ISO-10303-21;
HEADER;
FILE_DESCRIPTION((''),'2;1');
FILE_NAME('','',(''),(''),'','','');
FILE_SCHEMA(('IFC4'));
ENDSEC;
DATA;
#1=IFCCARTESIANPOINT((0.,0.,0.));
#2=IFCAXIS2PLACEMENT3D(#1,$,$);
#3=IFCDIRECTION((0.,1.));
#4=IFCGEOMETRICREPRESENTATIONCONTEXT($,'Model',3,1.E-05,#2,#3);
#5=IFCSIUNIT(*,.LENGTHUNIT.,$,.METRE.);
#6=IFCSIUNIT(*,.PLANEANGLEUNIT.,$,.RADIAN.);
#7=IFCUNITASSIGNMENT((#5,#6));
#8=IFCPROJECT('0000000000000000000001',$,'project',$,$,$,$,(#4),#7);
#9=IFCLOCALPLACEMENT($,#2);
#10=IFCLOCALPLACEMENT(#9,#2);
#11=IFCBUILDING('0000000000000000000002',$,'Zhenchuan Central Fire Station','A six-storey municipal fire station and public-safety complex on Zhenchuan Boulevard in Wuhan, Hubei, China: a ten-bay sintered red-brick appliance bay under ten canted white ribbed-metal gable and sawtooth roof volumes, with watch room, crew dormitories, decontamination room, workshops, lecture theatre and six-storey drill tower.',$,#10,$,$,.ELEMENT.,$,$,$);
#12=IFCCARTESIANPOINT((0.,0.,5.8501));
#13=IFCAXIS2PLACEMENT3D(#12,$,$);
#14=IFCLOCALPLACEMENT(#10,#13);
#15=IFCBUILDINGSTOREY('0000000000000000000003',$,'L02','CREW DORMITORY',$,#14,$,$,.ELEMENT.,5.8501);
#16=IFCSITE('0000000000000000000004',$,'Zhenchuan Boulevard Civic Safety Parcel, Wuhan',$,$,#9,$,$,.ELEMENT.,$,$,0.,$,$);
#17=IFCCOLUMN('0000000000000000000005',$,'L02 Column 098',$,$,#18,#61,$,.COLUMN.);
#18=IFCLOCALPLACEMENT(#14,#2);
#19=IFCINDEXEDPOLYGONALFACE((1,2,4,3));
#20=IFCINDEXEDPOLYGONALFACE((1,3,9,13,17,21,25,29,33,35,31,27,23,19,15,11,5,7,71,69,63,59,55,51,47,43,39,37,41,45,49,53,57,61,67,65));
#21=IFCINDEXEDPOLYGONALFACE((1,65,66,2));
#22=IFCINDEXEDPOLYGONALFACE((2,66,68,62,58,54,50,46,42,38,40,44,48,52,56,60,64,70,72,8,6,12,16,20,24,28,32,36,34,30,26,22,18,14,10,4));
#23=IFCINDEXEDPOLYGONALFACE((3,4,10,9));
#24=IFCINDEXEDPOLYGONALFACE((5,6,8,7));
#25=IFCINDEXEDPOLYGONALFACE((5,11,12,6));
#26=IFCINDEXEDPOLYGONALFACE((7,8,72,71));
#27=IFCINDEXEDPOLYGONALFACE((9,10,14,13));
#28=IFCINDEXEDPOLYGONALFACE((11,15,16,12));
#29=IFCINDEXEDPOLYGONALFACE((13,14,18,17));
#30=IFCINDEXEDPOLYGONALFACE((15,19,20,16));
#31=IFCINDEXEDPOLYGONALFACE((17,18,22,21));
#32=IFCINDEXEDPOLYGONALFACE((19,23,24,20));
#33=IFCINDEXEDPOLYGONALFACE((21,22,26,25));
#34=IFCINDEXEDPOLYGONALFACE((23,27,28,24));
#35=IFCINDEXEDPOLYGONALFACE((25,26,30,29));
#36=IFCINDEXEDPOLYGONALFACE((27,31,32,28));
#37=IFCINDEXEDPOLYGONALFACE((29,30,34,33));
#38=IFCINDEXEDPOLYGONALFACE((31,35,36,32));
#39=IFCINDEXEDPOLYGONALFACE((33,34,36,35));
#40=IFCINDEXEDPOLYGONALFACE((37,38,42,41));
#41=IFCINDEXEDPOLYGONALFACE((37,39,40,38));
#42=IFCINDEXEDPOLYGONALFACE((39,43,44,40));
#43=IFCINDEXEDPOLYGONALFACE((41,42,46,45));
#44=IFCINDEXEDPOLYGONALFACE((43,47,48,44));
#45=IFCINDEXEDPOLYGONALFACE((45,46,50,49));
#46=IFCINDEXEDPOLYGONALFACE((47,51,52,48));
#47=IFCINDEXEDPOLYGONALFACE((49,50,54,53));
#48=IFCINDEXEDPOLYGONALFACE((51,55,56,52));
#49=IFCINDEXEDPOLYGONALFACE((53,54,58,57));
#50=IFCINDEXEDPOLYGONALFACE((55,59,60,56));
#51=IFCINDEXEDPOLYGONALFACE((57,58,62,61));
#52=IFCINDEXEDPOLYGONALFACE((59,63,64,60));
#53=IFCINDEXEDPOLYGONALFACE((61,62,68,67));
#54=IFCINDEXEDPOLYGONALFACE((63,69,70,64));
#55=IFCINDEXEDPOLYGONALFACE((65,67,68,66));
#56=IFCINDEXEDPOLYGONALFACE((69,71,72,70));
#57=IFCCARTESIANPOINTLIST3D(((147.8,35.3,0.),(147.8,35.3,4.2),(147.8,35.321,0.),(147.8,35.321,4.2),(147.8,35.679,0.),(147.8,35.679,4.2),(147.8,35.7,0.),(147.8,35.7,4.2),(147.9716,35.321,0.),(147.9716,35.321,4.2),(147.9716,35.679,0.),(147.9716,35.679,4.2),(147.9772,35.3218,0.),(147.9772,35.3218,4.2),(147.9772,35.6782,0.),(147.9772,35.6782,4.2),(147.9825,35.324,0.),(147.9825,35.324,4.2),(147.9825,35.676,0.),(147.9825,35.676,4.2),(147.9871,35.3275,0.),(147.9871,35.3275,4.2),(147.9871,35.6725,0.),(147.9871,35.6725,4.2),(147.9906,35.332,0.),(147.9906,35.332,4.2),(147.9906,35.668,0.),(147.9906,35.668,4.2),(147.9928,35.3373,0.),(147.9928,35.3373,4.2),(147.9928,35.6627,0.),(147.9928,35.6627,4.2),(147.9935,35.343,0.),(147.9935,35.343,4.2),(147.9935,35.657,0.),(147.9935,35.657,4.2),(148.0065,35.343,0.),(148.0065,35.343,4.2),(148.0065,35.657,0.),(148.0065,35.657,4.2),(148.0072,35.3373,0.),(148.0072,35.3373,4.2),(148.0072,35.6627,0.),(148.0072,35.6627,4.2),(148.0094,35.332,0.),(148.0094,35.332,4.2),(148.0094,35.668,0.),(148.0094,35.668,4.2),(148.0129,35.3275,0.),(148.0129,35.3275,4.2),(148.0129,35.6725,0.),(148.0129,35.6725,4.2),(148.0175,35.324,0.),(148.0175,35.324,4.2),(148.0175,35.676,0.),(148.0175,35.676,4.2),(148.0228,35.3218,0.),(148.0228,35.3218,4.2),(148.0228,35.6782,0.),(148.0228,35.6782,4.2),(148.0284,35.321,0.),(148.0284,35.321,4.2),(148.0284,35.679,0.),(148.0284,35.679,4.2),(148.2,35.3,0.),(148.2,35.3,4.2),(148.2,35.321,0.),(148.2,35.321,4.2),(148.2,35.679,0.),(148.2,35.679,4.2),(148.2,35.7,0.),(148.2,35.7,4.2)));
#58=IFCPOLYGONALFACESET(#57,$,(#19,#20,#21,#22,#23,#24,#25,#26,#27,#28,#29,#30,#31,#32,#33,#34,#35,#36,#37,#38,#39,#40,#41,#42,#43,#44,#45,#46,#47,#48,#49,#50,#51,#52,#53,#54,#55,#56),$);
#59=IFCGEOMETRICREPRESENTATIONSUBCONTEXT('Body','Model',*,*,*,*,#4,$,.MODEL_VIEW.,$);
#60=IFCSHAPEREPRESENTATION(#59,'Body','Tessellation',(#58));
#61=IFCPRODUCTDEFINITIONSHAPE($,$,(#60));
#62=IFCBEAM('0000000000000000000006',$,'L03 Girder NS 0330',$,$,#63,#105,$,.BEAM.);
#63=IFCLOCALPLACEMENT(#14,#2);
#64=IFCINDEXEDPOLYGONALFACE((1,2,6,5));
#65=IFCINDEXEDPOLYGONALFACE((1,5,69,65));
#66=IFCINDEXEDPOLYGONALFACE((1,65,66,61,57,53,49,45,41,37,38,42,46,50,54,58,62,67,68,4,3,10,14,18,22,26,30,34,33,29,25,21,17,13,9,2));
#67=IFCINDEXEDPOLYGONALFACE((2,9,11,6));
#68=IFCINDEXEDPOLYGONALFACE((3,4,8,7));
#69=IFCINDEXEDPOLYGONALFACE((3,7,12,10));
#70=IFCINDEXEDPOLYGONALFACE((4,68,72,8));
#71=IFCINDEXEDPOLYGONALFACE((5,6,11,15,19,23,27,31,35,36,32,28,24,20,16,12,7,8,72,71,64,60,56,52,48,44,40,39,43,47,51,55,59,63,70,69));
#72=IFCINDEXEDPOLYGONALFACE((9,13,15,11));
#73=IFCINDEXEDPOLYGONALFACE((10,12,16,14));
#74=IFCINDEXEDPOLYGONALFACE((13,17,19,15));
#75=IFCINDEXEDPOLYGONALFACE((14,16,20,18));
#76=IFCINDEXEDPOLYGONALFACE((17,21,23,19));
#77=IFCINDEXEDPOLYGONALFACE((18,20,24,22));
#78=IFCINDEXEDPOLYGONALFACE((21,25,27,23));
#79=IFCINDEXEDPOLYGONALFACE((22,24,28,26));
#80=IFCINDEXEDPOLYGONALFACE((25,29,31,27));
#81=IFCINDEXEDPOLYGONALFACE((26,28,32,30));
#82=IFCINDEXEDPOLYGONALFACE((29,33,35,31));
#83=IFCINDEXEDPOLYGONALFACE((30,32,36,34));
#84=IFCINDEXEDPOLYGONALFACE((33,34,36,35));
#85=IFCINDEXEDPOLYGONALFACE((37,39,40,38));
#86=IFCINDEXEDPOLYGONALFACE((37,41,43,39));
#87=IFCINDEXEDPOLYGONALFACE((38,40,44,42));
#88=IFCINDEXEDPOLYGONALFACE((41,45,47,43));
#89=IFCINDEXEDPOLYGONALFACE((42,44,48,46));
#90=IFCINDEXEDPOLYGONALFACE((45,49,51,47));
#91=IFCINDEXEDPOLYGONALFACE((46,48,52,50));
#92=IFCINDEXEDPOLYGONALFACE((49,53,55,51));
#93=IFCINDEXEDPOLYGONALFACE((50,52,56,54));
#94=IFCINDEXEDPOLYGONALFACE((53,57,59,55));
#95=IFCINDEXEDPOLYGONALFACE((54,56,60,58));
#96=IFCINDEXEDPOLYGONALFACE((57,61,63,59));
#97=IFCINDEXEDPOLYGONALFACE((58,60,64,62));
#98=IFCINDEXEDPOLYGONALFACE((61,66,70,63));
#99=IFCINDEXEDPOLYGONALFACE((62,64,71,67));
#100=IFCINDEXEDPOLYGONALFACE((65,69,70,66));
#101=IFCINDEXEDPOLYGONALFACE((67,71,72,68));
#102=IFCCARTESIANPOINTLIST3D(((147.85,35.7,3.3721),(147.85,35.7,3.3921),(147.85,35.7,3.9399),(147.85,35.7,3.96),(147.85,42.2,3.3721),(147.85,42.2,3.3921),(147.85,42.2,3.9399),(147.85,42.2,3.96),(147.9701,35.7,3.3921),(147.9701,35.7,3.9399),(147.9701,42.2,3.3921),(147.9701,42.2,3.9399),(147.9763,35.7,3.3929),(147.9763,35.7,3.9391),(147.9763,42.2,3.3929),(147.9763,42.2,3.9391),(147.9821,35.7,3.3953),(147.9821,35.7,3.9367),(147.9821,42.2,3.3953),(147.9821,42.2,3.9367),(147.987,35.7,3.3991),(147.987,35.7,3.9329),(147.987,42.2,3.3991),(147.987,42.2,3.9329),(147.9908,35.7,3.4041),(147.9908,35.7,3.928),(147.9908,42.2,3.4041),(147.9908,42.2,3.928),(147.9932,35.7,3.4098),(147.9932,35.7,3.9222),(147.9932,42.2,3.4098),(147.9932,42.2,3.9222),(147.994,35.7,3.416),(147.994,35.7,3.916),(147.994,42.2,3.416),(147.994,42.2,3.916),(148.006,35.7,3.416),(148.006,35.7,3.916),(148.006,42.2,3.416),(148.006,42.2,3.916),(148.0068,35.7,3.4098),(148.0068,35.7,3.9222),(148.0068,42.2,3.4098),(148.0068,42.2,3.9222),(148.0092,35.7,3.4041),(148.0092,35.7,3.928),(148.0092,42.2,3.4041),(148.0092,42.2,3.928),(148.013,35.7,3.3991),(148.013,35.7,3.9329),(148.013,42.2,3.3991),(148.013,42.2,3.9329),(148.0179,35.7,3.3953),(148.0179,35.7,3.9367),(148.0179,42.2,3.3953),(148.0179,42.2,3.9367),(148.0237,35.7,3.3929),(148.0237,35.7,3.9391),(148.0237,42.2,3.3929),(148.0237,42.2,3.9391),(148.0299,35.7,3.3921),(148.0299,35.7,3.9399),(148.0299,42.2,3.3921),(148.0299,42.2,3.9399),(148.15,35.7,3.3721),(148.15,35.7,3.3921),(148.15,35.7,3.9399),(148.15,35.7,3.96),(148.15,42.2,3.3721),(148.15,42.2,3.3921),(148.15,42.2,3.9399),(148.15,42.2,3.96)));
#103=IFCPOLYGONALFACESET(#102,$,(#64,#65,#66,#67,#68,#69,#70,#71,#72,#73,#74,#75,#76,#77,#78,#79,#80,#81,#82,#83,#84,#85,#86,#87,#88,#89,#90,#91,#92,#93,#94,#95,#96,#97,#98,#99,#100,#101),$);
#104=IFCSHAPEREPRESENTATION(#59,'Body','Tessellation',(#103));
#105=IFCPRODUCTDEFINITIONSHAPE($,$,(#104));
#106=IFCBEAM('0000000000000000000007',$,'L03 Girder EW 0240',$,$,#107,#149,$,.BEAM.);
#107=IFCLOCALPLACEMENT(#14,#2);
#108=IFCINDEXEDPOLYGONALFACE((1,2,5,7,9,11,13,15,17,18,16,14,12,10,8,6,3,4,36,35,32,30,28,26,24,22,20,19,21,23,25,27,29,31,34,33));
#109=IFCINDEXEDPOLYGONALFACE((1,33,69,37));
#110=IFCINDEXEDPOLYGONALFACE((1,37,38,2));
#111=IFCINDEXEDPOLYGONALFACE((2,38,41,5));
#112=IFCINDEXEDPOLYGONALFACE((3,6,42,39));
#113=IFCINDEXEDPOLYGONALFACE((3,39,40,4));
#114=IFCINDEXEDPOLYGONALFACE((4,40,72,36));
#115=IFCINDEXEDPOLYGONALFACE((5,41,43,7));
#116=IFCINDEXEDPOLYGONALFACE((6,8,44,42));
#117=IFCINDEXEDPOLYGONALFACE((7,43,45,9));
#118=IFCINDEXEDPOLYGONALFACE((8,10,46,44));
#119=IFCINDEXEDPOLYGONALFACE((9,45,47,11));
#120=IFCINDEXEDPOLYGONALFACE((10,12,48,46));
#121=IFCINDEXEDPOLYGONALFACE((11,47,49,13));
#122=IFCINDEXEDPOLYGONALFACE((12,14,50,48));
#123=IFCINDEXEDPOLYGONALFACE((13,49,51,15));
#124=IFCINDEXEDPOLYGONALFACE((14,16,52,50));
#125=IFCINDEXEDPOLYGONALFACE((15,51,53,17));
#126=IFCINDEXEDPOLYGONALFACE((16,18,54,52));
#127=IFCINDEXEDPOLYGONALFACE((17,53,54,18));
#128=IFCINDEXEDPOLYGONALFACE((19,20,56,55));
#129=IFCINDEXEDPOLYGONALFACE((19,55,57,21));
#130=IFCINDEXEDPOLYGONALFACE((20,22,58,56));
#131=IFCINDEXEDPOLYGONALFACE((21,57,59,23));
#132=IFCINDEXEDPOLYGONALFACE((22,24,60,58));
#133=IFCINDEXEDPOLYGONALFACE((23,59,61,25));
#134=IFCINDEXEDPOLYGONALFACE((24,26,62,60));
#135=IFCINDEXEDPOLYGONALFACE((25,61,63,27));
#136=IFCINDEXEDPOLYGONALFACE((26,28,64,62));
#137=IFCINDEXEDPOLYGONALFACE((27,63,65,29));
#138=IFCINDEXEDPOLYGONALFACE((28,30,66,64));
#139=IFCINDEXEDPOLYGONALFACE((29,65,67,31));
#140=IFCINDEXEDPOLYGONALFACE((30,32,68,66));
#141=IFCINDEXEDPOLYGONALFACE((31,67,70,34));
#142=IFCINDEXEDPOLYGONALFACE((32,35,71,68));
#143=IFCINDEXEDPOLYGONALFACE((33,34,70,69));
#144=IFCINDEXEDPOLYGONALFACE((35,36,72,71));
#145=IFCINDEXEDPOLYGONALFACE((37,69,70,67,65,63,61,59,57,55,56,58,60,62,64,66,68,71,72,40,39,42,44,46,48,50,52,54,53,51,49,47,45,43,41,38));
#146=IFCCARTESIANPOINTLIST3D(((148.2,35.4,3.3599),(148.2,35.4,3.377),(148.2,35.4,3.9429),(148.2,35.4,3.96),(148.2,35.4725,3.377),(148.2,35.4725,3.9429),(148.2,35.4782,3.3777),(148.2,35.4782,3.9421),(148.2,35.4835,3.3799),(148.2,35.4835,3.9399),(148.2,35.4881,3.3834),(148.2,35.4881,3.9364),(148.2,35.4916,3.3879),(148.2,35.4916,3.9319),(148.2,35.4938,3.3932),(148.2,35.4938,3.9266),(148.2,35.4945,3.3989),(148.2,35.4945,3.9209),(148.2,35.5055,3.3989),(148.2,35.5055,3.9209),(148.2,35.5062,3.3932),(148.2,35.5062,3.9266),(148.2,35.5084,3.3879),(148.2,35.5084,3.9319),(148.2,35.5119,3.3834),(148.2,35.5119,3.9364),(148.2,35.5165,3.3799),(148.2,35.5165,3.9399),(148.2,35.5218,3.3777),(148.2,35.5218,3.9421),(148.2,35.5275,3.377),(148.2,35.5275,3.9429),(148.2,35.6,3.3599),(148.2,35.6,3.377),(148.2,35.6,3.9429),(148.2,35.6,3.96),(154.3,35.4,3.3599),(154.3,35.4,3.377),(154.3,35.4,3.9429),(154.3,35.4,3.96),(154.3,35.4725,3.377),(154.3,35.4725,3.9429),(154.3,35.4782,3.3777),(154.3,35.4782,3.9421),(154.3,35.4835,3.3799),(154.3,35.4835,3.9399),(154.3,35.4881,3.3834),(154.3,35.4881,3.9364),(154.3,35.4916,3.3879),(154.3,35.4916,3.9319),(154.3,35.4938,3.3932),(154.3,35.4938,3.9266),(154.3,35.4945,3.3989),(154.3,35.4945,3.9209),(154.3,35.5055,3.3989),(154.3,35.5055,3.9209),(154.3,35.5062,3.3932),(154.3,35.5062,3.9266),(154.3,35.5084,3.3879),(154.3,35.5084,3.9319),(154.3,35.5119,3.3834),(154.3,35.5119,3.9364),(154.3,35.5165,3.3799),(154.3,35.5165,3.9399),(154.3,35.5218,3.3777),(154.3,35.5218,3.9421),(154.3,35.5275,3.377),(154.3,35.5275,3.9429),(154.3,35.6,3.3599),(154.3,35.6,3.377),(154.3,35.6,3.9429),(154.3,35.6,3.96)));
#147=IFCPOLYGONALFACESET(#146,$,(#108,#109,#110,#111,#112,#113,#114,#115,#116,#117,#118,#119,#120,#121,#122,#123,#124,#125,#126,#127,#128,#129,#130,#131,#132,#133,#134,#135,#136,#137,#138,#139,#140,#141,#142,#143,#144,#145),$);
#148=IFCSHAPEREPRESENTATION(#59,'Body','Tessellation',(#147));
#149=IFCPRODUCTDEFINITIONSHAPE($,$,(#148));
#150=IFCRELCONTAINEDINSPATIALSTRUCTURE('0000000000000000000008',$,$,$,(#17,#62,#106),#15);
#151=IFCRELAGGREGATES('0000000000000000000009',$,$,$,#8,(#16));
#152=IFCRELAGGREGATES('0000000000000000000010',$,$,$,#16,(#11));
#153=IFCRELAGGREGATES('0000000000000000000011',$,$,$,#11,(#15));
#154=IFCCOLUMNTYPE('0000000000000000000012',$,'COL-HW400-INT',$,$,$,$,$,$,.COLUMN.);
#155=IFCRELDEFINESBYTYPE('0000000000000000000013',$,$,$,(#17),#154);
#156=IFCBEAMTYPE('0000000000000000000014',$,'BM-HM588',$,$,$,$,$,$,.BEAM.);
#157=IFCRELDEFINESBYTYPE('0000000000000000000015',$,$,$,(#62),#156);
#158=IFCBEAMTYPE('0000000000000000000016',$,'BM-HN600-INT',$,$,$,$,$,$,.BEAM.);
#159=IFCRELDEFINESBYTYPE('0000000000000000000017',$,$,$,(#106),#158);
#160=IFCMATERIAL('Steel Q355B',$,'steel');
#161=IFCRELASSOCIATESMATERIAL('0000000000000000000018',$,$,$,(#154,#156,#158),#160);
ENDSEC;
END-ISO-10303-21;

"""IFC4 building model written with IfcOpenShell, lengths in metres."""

from ifc_helpers import new_model, si_unit, direction, frame, origin, origin_2d, place, context, subcontext, project, spatial, i_section, extrude, material, material_profile, profile_set, type_object, element, save


model = new_model("IFC4")

# Units and contexts
model_context = context("Model", 3, precision=1e-05, world=origin(), true_north=direction((0.0, 1.0)))
body_context = subcontext(model_context, "Body", "Model", "MODEL_VIEW")
ifc_project = project(units=[si_unit("LENGTHUNIT", "METRE"), si_unit("PLANEANGLEUNIT", "RADIAN")], contexts=[model_context])

# Site, building, storey
site_placement = place(None, origin())
site = spatial("IfcSite", under=ifc_project, at=site_placement, Name="Zhenchuan Boulevard Civic Safety Parcel, Wuhan", CompositionType="ELEMENT", RefElevation=0.0)
building_placement = place(site_placement, origin())
building = spatial("IfcBuilding", under=site, at=building_placement, Name="Zhenchuan Central Fire Station", Description="A six-storey municipal fire station and public-safety complex on Zhenchuan Boulevard in Wuhan, Hubei, China: a ten-bay sintered red-brick appliance bay under ten canted white ribbed-metal gable and sawtooth roof volumes, with watch room, crew dormitories, decontamination room, workshops, lecture theatre and six-storey drill tower.", CompositionType="ELEMENT")
storey_placement = place(building_placement, frame((0.0, 0.0, 5.8501)))
storey = spatial("IfcBuildingStorey", under=building, at=storey_placement, Name="L02", Description="CREW DORMITORY", CompositionType="ELEMENT", Elevation=5.8501)

# Column
ifc_material_1 = material(Name="Steel Q355B", Category="steel")
ifc_material_profile_1 = material_profile(ifc_material_1, i_section(OverallWidth=0.3999, OverallDepth=0.3999, WebThickness=0.0129, FlangeThickness=0.021, FilletRadius=0.022, at=origin_2d()), Name="HW 400x400")
ifc_profile_set_1 = profile_set([ifc_material_profile_1], Name="Steel Q355B")
column_type = type_object("IfcColumnType", Name="COL-HW400-INT", PredefinedType="COLUMN", material=ifc_profile_set_1)
column_placement = place(storey_placement, frame((148.0, 35.5, 0.0), z_axis=(0.0, 0.0, 1.0), x_axis=(1.0, 0.0, 0.0)))
element("IfcColumn", 1, at=column_placement, inside=storey, type_object=column_type, Name="L02 Column 098", PredefinedType="COLUMN", context=body_context, shape_type="SweptSolid", body=[
    extrude(i_section(OverallWidth=0.3999, OverallDepth=0.3999, WebThickness=0.0129, FlangeThickness=0.021, FilletRadius=0.022, at=origin_2d()), origin(), (0.0, 0.0, 1.0), 4.2),
])

# Beams
ifc_material_profile_2 = material_profile(ifc_material_1, i_section(OverallWidth=0.3, OverallDepth=0.5879, WebThickness=0.012, FlangeThickness=0.02, FilletRadius=0.0239, at=origin_2d()), Name="HM 588x300")
ifc_profile_set_2 = profile_set([ifc_material_profile_2], Name="Steel Q355B")
beam_type_1 = type_object("IfcBeamType", Name="BM-HM588", PredefinedType="BEAM", material=ifc_profile_set_2)
beam_1_placement = place(storey_placement, frame((148.0, 35.7, 3.666), z_axis=(0.0, 1.0, 0.0), x_axis=(-1.0, 0.0, 0.0)))
element("IfcBeam", 2, at=beam_1_placement, inside=storey, type_object=beam_type_1, Name="L03 Girder NS 0330", PredefinedType="BEAM", context=body_context, shape_type="SweptSolid", body=[
    extrude(i_section(OverallWidth=0.3, OverallDepth=0.5879, WebThickness=0.012, FlangeThickness=0.02, FilletRadius=0.0239, at=origin_2d()), origin(), (0.0, 0.0, 1.0), 6.5),
])
ifc_material_profile_3 = material_profile(ifc_material_1, i_section(OverallWidth=0.2, OverallDepth=0.6001, WebThickness=0.011, FlangeThickness=0.0171, FilletRadius=0.022, at=origin_2d()), Name="HN 600x200")
ifc_profile_set_3 = profile_set([ifc_material_profile_3], Name="Steel Q355B")
beam_type_2 = type_object("IfcBeamType", Name="BM-HN600-INT", PredefinedType="BEAM", material=ifc_profile_set_3)
beam_2_placement = place(storey_placement, frame((148.2, 35.5, 3.6599), z_axis=(1.0, 0.0, 0.0), x_axis=(0.0, 1.0, 0.0)))
element("IfcBeam", 3, at=beam_2_placement, inside=storey, type_object=beam_type_2, Name="L03 Girder EW 0240", PredefinedType="BEAM", context=body_context, shape_type="SweptSolid", body=[
    extrude(i_section(OverallWidth=0.2, OverallDepth=0.6001, WebThickness=0.011, FlangeThickness=0.0171, FilletRadius=0.022, at=origin_2d()), origin(), (0.0, 0.0, 1.0), 6.1001),
])

save(model, "model.ifc")
